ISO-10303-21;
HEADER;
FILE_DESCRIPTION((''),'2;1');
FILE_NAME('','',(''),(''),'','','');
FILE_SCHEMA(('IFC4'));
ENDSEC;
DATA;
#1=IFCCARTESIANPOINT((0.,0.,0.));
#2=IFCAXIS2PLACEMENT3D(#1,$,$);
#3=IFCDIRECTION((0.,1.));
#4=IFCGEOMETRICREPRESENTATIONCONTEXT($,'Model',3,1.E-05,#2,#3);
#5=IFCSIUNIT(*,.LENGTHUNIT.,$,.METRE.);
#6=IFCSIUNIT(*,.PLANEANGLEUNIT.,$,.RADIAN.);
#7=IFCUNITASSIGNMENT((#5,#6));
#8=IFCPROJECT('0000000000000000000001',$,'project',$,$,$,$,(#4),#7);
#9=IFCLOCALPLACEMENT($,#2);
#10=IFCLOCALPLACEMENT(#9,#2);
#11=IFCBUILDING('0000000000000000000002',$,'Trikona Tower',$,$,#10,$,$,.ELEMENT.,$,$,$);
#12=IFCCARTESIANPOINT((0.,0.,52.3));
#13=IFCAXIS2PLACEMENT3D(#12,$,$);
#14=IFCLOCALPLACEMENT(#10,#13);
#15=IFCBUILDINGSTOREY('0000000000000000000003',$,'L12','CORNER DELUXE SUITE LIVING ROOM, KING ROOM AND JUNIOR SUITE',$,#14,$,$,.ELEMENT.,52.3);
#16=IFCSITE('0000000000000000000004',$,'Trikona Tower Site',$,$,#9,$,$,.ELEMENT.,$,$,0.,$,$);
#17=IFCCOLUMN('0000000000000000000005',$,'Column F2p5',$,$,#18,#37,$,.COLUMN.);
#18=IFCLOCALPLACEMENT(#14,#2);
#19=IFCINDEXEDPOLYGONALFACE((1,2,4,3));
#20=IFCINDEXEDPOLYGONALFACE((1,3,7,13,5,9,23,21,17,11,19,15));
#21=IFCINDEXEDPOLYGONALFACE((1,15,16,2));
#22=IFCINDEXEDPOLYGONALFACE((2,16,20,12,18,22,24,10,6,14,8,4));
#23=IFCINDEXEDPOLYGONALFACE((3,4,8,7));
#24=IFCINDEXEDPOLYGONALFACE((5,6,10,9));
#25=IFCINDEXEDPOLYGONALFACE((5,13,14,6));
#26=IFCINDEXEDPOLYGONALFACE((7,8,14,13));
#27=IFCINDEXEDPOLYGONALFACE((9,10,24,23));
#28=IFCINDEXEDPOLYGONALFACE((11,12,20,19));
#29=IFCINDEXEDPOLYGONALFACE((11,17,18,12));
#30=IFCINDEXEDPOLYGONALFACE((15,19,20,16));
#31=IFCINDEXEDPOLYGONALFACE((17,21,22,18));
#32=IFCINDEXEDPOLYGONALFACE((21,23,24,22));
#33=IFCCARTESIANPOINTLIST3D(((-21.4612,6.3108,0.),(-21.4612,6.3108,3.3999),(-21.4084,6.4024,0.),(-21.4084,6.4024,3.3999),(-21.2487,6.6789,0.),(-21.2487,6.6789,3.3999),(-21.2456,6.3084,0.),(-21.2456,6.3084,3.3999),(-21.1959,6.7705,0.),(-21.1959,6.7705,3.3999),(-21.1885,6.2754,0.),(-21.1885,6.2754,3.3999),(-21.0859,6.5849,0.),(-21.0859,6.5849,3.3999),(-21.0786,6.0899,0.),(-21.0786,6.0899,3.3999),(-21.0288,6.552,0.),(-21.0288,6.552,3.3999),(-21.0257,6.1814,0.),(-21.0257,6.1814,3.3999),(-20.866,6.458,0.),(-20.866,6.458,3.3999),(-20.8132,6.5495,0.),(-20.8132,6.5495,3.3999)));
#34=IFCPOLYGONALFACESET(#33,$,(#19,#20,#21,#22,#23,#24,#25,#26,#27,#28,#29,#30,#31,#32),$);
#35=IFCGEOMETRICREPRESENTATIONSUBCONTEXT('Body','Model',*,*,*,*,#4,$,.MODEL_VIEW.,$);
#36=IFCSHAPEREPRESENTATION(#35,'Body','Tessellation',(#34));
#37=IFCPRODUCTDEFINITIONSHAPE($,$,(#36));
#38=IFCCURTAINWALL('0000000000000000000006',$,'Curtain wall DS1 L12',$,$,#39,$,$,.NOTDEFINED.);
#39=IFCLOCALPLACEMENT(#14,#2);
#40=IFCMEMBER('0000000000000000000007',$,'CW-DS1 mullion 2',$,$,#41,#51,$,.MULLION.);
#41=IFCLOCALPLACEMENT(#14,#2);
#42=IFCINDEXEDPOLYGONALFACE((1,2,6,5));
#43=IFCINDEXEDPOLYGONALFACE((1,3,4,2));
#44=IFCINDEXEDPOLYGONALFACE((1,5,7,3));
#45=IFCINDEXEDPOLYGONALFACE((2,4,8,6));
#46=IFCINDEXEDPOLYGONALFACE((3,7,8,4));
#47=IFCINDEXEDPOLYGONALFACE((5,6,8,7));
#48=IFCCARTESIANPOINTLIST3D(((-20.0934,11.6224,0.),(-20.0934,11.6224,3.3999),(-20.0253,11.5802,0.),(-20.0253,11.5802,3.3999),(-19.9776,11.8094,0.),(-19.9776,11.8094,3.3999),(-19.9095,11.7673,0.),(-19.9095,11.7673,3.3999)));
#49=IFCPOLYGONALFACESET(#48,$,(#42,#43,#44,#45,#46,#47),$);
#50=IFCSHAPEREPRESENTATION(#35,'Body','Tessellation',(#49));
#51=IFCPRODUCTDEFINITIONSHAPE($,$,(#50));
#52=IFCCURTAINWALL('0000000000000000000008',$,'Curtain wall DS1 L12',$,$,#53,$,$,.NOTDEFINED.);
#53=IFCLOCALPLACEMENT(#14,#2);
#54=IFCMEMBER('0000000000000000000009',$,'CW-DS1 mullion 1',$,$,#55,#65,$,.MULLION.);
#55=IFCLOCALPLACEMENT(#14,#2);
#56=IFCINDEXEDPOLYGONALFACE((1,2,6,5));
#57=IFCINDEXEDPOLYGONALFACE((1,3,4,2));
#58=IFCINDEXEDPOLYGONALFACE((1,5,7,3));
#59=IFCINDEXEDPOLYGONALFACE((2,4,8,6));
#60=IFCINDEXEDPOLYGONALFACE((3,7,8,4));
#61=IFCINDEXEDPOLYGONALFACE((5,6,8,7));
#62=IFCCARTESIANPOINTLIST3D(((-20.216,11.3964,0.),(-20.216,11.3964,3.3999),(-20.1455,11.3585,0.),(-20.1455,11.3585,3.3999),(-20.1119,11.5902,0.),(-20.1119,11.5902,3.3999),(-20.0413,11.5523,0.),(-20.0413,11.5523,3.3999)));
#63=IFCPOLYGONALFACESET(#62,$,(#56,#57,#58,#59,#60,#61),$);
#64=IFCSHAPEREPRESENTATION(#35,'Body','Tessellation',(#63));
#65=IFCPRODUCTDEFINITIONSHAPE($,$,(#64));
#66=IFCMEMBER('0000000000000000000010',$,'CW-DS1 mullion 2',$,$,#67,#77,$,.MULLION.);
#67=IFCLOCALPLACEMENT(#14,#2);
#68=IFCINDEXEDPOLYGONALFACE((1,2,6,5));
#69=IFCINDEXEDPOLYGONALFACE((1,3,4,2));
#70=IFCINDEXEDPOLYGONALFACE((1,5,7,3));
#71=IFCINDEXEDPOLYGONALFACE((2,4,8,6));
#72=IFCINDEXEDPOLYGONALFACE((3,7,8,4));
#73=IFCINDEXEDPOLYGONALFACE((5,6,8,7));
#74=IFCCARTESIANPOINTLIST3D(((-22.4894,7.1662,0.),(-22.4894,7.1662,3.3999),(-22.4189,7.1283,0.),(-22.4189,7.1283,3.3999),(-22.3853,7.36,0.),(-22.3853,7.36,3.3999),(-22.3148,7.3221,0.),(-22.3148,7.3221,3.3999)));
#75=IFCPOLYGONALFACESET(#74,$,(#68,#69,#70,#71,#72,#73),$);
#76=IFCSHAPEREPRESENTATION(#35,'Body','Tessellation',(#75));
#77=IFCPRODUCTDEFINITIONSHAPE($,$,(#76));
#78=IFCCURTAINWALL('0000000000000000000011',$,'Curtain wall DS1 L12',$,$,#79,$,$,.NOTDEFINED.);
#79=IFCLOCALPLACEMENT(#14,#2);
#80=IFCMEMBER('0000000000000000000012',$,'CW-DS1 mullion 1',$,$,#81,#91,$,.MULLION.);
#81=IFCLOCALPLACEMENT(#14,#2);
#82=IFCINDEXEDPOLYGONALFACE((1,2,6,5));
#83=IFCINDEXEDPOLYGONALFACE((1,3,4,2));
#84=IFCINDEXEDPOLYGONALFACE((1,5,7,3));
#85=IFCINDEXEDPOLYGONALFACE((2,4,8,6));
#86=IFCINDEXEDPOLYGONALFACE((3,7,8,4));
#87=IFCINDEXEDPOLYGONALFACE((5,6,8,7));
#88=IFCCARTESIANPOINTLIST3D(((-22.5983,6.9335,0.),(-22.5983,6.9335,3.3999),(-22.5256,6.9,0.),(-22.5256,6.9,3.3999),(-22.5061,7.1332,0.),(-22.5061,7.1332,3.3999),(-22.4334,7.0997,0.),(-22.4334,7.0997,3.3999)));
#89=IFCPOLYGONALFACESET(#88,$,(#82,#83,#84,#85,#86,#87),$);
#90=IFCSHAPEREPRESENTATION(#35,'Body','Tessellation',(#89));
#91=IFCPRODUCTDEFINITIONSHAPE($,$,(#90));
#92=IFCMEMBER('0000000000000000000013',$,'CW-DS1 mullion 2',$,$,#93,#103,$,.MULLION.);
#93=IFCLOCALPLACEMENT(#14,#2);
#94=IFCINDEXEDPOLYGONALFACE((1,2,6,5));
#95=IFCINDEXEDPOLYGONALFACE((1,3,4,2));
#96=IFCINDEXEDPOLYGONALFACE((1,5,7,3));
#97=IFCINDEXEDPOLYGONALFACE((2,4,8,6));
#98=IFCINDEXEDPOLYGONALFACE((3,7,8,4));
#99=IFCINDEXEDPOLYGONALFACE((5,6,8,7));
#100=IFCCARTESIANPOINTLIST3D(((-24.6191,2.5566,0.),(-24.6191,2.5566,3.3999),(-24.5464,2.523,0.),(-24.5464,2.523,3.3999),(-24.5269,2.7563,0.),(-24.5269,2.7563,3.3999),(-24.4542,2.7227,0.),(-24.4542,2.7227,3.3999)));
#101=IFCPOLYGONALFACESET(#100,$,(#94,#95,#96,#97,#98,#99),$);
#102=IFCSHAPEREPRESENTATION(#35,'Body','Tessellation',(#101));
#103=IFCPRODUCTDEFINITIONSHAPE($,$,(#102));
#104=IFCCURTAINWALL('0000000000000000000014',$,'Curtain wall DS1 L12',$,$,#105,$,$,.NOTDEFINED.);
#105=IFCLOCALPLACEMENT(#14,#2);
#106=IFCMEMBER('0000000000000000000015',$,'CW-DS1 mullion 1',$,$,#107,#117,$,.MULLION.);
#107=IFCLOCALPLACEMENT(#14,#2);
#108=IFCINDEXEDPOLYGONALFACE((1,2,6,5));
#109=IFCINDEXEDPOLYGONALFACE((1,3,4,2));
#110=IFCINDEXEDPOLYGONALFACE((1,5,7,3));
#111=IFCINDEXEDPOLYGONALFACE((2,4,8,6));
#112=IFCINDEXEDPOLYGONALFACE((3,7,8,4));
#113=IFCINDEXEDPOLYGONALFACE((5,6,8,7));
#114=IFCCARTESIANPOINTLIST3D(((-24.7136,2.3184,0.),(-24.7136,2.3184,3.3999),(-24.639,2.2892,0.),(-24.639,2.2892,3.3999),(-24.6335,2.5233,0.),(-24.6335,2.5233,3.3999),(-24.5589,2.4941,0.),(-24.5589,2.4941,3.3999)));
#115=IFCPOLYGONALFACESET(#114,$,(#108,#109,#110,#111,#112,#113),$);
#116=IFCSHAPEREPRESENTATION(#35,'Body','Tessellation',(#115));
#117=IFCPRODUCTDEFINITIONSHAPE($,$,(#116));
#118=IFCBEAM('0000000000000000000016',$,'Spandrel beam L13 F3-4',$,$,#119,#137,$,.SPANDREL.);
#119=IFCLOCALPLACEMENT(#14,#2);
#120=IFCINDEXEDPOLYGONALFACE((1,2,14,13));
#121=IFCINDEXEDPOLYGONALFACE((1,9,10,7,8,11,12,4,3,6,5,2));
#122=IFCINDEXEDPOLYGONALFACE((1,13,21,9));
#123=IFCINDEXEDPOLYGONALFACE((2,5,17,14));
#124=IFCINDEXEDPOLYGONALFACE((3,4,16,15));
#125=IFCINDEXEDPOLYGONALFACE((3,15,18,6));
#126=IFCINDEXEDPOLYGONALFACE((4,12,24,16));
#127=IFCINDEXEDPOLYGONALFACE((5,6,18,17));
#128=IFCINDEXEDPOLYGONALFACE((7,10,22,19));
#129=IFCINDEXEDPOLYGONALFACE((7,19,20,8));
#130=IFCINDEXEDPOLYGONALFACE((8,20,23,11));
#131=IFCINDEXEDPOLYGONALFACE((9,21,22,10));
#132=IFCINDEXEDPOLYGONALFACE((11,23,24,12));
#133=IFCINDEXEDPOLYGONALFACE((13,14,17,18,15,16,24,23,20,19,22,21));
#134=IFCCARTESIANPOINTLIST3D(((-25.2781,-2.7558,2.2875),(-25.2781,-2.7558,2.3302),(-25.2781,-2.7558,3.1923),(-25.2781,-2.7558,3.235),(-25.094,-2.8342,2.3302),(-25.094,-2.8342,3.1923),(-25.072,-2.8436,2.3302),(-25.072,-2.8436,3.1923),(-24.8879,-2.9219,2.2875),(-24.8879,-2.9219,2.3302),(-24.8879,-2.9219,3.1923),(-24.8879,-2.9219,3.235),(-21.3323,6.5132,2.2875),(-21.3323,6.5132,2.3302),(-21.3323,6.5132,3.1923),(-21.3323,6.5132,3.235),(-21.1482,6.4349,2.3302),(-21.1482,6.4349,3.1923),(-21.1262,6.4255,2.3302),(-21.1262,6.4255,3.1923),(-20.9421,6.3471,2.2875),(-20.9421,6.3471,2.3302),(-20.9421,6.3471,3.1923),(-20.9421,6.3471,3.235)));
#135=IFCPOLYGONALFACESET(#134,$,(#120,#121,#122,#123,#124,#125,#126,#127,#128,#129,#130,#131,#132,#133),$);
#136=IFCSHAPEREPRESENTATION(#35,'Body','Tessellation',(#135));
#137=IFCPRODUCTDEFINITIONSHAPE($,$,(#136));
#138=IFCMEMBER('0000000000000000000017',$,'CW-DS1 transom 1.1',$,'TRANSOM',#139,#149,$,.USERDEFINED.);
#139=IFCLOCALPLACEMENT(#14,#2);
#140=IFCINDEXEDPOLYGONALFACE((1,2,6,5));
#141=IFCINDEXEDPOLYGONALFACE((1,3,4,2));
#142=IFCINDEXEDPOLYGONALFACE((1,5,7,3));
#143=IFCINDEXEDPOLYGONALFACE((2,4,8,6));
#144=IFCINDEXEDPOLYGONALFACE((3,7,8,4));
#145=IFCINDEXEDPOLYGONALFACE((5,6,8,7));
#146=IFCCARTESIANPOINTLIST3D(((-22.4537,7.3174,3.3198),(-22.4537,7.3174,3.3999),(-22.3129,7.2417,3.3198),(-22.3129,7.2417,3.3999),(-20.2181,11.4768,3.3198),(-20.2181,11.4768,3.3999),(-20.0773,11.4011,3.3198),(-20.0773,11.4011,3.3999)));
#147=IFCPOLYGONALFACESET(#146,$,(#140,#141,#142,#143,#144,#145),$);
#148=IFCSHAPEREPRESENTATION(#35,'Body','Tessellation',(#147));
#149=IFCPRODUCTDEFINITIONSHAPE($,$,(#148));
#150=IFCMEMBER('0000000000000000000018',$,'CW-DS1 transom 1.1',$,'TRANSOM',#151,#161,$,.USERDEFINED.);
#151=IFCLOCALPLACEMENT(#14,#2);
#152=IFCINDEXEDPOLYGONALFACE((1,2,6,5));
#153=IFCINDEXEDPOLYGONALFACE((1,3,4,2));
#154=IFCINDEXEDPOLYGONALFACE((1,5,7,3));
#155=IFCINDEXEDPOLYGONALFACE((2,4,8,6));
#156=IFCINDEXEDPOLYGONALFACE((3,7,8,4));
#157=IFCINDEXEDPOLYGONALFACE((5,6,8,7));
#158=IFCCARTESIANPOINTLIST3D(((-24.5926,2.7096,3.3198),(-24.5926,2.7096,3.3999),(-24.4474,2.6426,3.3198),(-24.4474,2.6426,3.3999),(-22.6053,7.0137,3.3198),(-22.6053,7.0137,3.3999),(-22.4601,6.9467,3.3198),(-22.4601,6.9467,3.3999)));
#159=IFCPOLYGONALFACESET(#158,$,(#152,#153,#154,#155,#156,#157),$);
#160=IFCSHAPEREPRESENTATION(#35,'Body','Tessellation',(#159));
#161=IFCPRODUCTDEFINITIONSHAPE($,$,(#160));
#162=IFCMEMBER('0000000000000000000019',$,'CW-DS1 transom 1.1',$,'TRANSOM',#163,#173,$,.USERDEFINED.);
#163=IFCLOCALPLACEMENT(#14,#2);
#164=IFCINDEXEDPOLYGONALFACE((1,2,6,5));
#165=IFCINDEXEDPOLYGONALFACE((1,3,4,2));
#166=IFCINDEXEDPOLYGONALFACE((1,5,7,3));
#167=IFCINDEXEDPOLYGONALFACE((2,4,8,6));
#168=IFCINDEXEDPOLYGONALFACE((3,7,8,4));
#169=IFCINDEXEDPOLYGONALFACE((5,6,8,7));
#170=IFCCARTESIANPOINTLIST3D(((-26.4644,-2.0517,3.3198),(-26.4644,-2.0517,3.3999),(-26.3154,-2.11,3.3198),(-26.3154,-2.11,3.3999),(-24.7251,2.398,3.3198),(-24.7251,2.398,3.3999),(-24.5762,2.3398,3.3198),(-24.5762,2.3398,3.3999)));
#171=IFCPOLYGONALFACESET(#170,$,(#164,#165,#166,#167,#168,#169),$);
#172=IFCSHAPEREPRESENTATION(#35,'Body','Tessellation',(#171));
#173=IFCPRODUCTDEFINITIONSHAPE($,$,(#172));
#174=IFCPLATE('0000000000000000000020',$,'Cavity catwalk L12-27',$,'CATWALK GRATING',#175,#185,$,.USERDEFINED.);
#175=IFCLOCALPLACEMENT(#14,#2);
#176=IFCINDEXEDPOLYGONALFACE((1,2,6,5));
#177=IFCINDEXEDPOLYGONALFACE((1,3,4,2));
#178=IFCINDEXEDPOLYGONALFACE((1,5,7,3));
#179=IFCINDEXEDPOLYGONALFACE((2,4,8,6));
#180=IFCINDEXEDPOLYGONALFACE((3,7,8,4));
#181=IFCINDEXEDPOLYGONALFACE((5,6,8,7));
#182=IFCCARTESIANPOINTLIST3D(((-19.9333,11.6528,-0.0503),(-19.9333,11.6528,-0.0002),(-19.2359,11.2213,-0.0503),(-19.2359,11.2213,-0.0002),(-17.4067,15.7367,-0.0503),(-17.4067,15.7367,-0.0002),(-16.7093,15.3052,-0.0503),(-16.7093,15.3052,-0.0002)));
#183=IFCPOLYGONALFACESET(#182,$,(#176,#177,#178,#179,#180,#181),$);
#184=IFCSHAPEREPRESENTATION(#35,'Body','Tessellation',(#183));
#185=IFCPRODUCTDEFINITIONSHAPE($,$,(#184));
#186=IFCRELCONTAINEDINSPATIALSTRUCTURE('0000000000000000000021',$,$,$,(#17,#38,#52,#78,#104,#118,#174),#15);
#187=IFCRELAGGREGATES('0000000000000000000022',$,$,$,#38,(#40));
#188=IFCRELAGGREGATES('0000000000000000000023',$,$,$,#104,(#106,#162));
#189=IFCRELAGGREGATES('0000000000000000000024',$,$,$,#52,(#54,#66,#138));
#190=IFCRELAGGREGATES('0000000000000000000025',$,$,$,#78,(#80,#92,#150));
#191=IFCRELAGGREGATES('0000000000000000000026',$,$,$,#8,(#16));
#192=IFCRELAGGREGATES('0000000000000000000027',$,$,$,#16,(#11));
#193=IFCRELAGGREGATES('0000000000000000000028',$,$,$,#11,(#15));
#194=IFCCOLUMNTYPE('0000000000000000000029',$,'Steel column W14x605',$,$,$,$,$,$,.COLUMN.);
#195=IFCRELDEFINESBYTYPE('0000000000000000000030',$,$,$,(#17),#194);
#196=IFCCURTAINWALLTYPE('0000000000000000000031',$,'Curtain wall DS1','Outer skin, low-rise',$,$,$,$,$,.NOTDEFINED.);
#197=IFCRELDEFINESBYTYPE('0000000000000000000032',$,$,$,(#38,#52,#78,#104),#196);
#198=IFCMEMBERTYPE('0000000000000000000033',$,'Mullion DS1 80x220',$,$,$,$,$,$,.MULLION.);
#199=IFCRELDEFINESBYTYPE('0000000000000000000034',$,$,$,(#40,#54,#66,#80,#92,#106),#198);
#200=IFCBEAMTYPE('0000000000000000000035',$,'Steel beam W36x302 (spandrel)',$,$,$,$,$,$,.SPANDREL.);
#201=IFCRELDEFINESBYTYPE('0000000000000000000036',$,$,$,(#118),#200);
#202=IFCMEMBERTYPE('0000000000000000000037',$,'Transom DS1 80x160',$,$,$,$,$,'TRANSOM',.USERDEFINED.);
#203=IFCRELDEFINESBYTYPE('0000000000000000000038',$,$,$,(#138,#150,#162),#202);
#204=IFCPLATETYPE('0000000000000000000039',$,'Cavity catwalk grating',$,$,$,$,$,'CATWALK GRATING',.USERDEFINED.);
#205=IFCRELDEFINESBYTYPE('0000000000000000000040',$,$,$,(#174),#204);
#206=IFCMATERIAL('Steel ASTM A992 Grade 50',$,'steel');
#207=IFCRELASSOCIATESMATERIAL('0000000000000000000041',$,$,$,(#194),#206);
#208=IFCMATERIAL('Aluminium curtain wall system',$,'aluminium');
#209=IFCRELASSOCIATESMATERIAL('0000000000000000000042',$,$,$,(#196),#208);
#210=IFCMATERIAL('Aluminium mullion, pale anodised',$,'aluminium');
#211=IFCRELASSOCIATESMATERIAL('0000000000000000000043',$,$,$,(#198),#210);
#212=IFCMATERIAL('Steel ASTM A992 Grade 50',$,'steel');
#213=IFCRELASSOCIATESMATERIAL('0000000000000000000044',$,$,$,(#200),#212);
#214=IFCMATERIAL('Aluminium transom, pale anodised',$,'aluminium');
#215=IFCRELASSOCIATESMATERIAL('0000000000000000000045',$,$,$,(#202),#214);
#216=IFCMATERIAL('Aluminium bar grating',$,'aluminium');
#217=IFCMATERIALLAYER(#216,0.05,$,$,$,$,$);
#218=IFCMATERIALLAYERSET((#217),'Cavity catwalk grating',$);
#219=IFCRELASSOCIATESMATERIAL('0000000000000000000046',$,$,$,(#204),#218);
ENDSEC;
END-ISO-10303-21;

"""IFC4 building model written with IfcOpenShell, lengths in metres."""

from ifc_helpers import new_model, si_unit, direction, frame, origin, origin_2d, place, context, subcontext, project, spatial, rectangle, i_section, extrude, material, layer, layer_set, material_profile, profile_set, type_object, element, aggregate, save


model = new_model("IFC4")

# Units and contexts
model_context = context("Model", 3, precision=1e-05, world=origin(), true_north=direction((0.0, 1.0)))
body_context = subcontext(model_context, "Body", "Model", "MODEL_VIEW")
ifc_project = project(units=[si_unit("LENGTHUNIT", "METRE"), si_unit("PLANEANGLEUNIT", "RADIAN")], contexts=[model_context])

# Site, building, storey
site_placement = place(None, origin())
site = spatial("IfcSite", under=ifc_project, at=site_placement, Name="Trikona Tower Site", CompositionType="ELEMENT", RefElevation=0.0)
building_placement = place(site_placement, origin())
building = spatial("IfcBuilding", under=site, at=building_placement, Name="Trikona Tower", CompositionType="ELEMENT")
storey_placement = place(building_placement, frame((0.0, 0.0, 52.3)))
storey = spatial("IfcBuildingStorey", under=building, at=storey_placement, Name="L12", Description="CORNER DELUXE SUITE LIVING ROOM, KING ROOM AND JUNIOR SUITE", CompositionType="ELEMENT", Elevation=52.3)

# Column
ifc_material_1 = material(Name="Steel ASTM A992 Grade 50", Category="steel")
ifc_material_profile_1 = material_profile(ifc_material_1, i_section(OverallWidth=0.4419, OverallDepth=0.5308, WebThickness=0.0659, FlangeThickness=0.1057, at=origin_2d()), Name="W14X605")
ifc_profile_set_1 = profile_set([ifc_material_profile_1], Name="Steel ASTM A992 Grade 50")
column_type = type_object("IfcColumnType", Name="Steel column W14x605", PredefinedType="COLUMN", material=ifc_profile_set_1)
column_placement = place(storey_placement, frame((-21.1372, 6.4302, 0.0), z_axis=(0.0, 0.0, 1.0), x_axis=(-0.866025, 0.5, 0.0)))
element("IfcColumn", 1, at=column_placement, inside=storey, type_object=column_type, Name="Column F2p5", PredefinedType="COLUMN", context=body_context, shape_type="SweptSolid", body=[
    extrude(i_section(OverallWidth=0.4419, OverallDepth=0.5308, WebThickness=0.0659, FlangeThickness=0.1057, at=origin_2d()), origin(), (0.0, 0.0, 1.0), 3.3999),
])

# Curtain wall, member
ifc_material_2 = material(Name="Aluminium curtain wall system", Category="aluminium")
curtain_wall_type = type_object("IfcCurtainWallType", Name="Curtain wall DS1", Description="Outer skin, low-rise", PredefinedType="NOTDEFINED", material=ifc_material_2)
curtain_wall_1_placement = place(storey_placement, origin())
curtain_wall_1 = element("IfcCurtainWall", 2, at=curtain_wall_1_placement, inside=storey, type_object=curtain_wall_type, Name="Curtain wall DS1 L12", PredefinedType="NOTDEFINED")
ifc_material_3 = material(Name="Aluminium mullion, pale anodised", Category="aluminium")
ifc_material_profile_2 = material_profile(ifc_material_3, rectangle(XDim=0.0801, YDim=0.22, at=origin_2d()), Name="MUL-DS1")
ifc_profile_set_2 = profile_set([ifc_material_profile_2], Name="Aluminium mullion, pale anodised")
member_type_1 = type_object("IfcMemberType", Name="Mullion DS1 80x220", PredefinedType="MULLION", material=ifc_profile_set_2)
member_1_placement = place(storey_placement, frame((-20.0015, 11.6948, 0.0), z_axis=(0.0, 0.0, 1.0), x_axis=(0.85041, -0.52612, 0.0)))
member_1 = element("IfcMember", 3, at=member_1_placement, type_object=member_type_1, Name="CW-DS1 mullion 2", PredefinedType="MULLION", context=body_context, shape_type="SweptSolid", body=[
    extrude(rectangle(XDim=0.0801, YDim=0.22, at=origin_2d()), origin(), (0.0, 0.0, 1.0), 3.3999),
])
aggregate(curtain_wall_1, [member_1])

# Curtain walls, members
curtain_wall_2_placement = place(storey_placement, origin())
curtain_wall_2 = element("IfcCurtainWall", 4, at=curtain_wall_2_placement, inside=storey, type_object=curtain_wall_type, Name="Curtain wall DS1 L12", PredefinedType="NOTDEFINED")
member_2_placement = place(storey_placement, frame((-20.1287, 11.4744, 0.0), z_axis=(0.0, 0.0, 1.0), x_axis=(0.880843, -0.473408, 0.0)))
member_2 = element("IfcMember", 5, at=member_2_placement, type_object=member_type_1, Name="CW-DS1 mullion 1", PredefinedType="MULLION", context=body_context, shape_type="SweptSolid", body=[
    extrude(rectangle(XDim=0.0801, YDim=0.22, at=origin_2d()), origin(), (0.0, 0.0, 1.0), 3.3999),
])
member_3_placement = place(storey_placement, frame((-22.4021, 7.2441, 0.0), z_axis=(0.0, 0.0, 1.0), x_axis=(0.880843, -0.473408, 0.0)))
member_3 = element("IfcMember", 6, at=member_3_placement, type_object=member_type_1, Name="CW-DS1 mullion 2", PredefinedType="MULLION", context=body_context, shape_type="SweptSolid", body=[
    extrude(rectangle(XDim=0.0801, YDim=0.22, at=origin_2d()), origin(), (0.0, 0.0, 1.0), 3.3999),
])
curtain_wall_3_placement = place(storey_placement, origin())
curtain_wall_3 = element("IfcCurtainWall", 7, at=curtain_wall_3_placement, inside=storey, type_object=curtain_wall_type, Name="Curtain wall DS1 L12", PredefinedType="NOTDEFINED")
member_4_placement = place(storey_placement, frame((-22.5159, 7.0166, 0.0), z_axis=(0.0, 0.0, 1.0), x_axis=(0.907898, -0.41919, 0.0)))
member_4 = element("IfcMember", 8, at=member_4_placement, type_object=member_type_1, Name="CW-DS1 mullion 1", PredefinedType="MULLION", context=body_context, shape_type="SweptSolid", body=[
    extrude(rectangle(XDim=0.0801, YDim=0.22, at=origin_2d()), origin(), (0.0, 0.0, 1.0), 3.3999),
])
member_5_placement = place(storey_placement, frame((-24.5366, 2.6396, 0.0), z_axis=(0.0, 0.0, 1.0), x_axis=(0.907898, -0.41919, 0.0)))
member_5 = element("IfcMember", 9, at=member_5_placement, type_object=member_type_1, Name="CW-DS1 mullion 2", PredefinedType="MULLION", context=body_context, shape_type="SweptSolid", body=[
    extrude(rectangle(XDim=0.0801, YDim=0.22, at=origin_2d()), origin(), (0.0, 0.0, 1.0), 3.3999),
])

# Curtain wall, member
curtain_wall_4_placement = place(storey_placement, origin())
curtain_wall_4 = element("IfcCurtainWall", 10, at=curtain_wall_4_placement, inside=storey, type_object=curtain_wall_type, Name="Curtain wall DS1 L12", PredefinedType="NOTDEFINED")
member_6_placement = place(storey_placement, frame((-24.6362, 2.4062, 0.0), z_axis=(0.0, 0.0, 1.0), x_axis=(0.931396, -0.364008, 0.0)))
member_6 = element("IfcMember", 11, at=member_6_placement, type_object=member_type_1, Name="CW-DS1 mullion 1", PredefinedType="MULLION", context=body_context, shape_type="SweptSolid", body=[
    extrude(rectangle(XDim=0.0801, YDim=0.22, at=origin_2d()), origin(), (0.0, 0.0, 1.0), 3.3999),
])

# Beam
ifc_material_4 = material(Name="Steel ASTM A992 Grade 50", Category="steel")
ifc_material_profile_3 = material_profile(ifc_material_4, i_section(OverallWidth=0.4241, OverallDepth=0.9475, WebThickness=0.0239, FlangeThickness=0.0427, at=origin_2d()), Name="W36X302")
ifc_profile_set_3 = profile_set([ifc_material_profile_3], Name="Steel ASTM A992 Grade 50")
beam_type = type_object("IfcBeamType", Name="Steel beam W36x302 (spandrel)", PredefinedType="SPANDREL", material=ifc_profile_set_3)
beam_placement = place(storey_placement, frame((-21.1372, 6.4302, 2.7612), z_axis=(-0.391684, -0.9201, 0.0), x_axis=(0.9201, -0.391684, 0.0)))
element("IfcBeam", 12, at=beam_placement, inside=storey, type_object=beam_type, Name="Spandrel beam L13 F3-4", PredefinedType="SPANDREL", context=body_context, shape_type="SweptSolid", body=[
    extrude(i_section(OverallWidth=0.4241, OverallDepth=0.9475, WebThickness=0.0239, FlangeThickness=0.0427, at=origin_2d()), origin(), (0.0, 0.0, 1.0), 10.074),
])

# Members
ifc_material_5 = material(Name="Aluminium transom, pale anodised", Category="aluminium")
ifc_material_profile_4 = material_profile(ifc_material_5, rectangle(XDim=0.1599, YDim=0.0801, at=origin_2d()), Name="TRN-DS1")
ifc_profile_set_4 = profile_set([ifc_material_profile_4], Name="Aluminium transom, pale anodised")
member_type_2 = type_object("IfcMemberType", Name="Transom DS1 80x160", ElementType="TRANSOM", PredefinedType="USERDEFINED", material=ifc_profile_set_4)
member_7_placement = place(storey_placement, frame((-20.1477, 11.439, 3.3599), z_axis=(-0.473428, -0.880833, 0.0), x_axis=(0.880833, -0.473428, 0.0)))
member_7 = element("IfcMember", 13, at=member_7_placement, type_object=member_type_2, Name="CW-DS1 transom 1.1", ObjectType="TRANSOM", PredefinedType="USERDEFINED", context=body_context, shape_type="SweptSolid", body=[
    extrude(rectangle(XDim=0.1599, YDim=0.0801, at=origin_2d()), origin(), (0.0, 0.0, 1.0), 4.7222),
])
member_8_placement = place(storey_placement, frame((-22.5327, 6.9802, 3.3599), z_axis=(-0.419189, -0.907899, 0.0), x_axis=(0.907899, -0.419189, 0.0)))
member_8 = element("IfcMember", 14, at=member_8_placement, type_object=member_type_2, Name="CW-DS1 transom 1.1", ObjectType="TRANSOM", PredefinedType="USERDEFINED", context=body_context, shape_type="SweptSolid", body=[
    extrude(rectangle(XDim=0.1599, YDim=0.0801, at=origin_2d()), origin(), (0.0, 0.0, 1.0), 4.7407),
])
member_9_placement = place(storey_placement, frame((-24.6506, 2.3689, 3.3599), z_axis=(-0.364049, -0.93138, 0.0), x_axis=(0.93138, -0.364049, 0.0)))
member_9 = element("IfcMember", 15, at=member_9_placement, type_object=member_type_2, Name="CW-DS1 transom 1.1", ObjectType="TRANSOM", PredefinedType="USERDEFINED", context=body_context, shape_type="SweptSolid", body=[
    extrude(rectangle(XDim=0.1599, YDim=0.0801, at=origin_2d()), origin(), (0.0, 0.0, 1.0), 4.7776),
])
aggregate(curtain_wall_4, [member_6, member_9])

# Plate
ifc_material_6 = material(Name="Aluminium bar grating", Category="aluminium")
ifc_layer_1 = layer(ifc_material_6, 0.05)
ifc_layer_set_1 = layer_set([ifc_layer_1], Name="Cavity catwalk grating")
plate_type_1 = type_object("IfcPlateType", Name="Cavity catwalk grating", ElementType="CATWALK GRATING", PredefinedType="USERDEFINED", material=ifc_layer_set_1)
for number, where, z_axis, x_axis, name in (
    (16, (-18.3213, 13.479, -0.0503), (0.0, 0.0, 1.0), (-0.526119, -0.850411, 0.0), "Cavity catwalk L12-27"),
):
    element("IfcPlate", number, at=place(storey_placement, frame(where, z_axis=z_axis, x_axis=x_axis)), inside=storey, type_object=plate_type_1, Name=name, ObjectType="CATWALK GRATING", PredefinedType="USERDEFINED", context=body_context, shape_type="SweptSolid", body=[
        extrude(rectangle(XDim=4.8022, YDim=0.8201, at=origin_2d()), origin(), (0.0, 0.0, 1.0), 0.05),
    ])

aggregate(curtain_wall_2, [member_2, member_3, member_7])
aggregate(curtain_wall_3, [member_4, member_5, member_8])

save(model, "model.ifc")
